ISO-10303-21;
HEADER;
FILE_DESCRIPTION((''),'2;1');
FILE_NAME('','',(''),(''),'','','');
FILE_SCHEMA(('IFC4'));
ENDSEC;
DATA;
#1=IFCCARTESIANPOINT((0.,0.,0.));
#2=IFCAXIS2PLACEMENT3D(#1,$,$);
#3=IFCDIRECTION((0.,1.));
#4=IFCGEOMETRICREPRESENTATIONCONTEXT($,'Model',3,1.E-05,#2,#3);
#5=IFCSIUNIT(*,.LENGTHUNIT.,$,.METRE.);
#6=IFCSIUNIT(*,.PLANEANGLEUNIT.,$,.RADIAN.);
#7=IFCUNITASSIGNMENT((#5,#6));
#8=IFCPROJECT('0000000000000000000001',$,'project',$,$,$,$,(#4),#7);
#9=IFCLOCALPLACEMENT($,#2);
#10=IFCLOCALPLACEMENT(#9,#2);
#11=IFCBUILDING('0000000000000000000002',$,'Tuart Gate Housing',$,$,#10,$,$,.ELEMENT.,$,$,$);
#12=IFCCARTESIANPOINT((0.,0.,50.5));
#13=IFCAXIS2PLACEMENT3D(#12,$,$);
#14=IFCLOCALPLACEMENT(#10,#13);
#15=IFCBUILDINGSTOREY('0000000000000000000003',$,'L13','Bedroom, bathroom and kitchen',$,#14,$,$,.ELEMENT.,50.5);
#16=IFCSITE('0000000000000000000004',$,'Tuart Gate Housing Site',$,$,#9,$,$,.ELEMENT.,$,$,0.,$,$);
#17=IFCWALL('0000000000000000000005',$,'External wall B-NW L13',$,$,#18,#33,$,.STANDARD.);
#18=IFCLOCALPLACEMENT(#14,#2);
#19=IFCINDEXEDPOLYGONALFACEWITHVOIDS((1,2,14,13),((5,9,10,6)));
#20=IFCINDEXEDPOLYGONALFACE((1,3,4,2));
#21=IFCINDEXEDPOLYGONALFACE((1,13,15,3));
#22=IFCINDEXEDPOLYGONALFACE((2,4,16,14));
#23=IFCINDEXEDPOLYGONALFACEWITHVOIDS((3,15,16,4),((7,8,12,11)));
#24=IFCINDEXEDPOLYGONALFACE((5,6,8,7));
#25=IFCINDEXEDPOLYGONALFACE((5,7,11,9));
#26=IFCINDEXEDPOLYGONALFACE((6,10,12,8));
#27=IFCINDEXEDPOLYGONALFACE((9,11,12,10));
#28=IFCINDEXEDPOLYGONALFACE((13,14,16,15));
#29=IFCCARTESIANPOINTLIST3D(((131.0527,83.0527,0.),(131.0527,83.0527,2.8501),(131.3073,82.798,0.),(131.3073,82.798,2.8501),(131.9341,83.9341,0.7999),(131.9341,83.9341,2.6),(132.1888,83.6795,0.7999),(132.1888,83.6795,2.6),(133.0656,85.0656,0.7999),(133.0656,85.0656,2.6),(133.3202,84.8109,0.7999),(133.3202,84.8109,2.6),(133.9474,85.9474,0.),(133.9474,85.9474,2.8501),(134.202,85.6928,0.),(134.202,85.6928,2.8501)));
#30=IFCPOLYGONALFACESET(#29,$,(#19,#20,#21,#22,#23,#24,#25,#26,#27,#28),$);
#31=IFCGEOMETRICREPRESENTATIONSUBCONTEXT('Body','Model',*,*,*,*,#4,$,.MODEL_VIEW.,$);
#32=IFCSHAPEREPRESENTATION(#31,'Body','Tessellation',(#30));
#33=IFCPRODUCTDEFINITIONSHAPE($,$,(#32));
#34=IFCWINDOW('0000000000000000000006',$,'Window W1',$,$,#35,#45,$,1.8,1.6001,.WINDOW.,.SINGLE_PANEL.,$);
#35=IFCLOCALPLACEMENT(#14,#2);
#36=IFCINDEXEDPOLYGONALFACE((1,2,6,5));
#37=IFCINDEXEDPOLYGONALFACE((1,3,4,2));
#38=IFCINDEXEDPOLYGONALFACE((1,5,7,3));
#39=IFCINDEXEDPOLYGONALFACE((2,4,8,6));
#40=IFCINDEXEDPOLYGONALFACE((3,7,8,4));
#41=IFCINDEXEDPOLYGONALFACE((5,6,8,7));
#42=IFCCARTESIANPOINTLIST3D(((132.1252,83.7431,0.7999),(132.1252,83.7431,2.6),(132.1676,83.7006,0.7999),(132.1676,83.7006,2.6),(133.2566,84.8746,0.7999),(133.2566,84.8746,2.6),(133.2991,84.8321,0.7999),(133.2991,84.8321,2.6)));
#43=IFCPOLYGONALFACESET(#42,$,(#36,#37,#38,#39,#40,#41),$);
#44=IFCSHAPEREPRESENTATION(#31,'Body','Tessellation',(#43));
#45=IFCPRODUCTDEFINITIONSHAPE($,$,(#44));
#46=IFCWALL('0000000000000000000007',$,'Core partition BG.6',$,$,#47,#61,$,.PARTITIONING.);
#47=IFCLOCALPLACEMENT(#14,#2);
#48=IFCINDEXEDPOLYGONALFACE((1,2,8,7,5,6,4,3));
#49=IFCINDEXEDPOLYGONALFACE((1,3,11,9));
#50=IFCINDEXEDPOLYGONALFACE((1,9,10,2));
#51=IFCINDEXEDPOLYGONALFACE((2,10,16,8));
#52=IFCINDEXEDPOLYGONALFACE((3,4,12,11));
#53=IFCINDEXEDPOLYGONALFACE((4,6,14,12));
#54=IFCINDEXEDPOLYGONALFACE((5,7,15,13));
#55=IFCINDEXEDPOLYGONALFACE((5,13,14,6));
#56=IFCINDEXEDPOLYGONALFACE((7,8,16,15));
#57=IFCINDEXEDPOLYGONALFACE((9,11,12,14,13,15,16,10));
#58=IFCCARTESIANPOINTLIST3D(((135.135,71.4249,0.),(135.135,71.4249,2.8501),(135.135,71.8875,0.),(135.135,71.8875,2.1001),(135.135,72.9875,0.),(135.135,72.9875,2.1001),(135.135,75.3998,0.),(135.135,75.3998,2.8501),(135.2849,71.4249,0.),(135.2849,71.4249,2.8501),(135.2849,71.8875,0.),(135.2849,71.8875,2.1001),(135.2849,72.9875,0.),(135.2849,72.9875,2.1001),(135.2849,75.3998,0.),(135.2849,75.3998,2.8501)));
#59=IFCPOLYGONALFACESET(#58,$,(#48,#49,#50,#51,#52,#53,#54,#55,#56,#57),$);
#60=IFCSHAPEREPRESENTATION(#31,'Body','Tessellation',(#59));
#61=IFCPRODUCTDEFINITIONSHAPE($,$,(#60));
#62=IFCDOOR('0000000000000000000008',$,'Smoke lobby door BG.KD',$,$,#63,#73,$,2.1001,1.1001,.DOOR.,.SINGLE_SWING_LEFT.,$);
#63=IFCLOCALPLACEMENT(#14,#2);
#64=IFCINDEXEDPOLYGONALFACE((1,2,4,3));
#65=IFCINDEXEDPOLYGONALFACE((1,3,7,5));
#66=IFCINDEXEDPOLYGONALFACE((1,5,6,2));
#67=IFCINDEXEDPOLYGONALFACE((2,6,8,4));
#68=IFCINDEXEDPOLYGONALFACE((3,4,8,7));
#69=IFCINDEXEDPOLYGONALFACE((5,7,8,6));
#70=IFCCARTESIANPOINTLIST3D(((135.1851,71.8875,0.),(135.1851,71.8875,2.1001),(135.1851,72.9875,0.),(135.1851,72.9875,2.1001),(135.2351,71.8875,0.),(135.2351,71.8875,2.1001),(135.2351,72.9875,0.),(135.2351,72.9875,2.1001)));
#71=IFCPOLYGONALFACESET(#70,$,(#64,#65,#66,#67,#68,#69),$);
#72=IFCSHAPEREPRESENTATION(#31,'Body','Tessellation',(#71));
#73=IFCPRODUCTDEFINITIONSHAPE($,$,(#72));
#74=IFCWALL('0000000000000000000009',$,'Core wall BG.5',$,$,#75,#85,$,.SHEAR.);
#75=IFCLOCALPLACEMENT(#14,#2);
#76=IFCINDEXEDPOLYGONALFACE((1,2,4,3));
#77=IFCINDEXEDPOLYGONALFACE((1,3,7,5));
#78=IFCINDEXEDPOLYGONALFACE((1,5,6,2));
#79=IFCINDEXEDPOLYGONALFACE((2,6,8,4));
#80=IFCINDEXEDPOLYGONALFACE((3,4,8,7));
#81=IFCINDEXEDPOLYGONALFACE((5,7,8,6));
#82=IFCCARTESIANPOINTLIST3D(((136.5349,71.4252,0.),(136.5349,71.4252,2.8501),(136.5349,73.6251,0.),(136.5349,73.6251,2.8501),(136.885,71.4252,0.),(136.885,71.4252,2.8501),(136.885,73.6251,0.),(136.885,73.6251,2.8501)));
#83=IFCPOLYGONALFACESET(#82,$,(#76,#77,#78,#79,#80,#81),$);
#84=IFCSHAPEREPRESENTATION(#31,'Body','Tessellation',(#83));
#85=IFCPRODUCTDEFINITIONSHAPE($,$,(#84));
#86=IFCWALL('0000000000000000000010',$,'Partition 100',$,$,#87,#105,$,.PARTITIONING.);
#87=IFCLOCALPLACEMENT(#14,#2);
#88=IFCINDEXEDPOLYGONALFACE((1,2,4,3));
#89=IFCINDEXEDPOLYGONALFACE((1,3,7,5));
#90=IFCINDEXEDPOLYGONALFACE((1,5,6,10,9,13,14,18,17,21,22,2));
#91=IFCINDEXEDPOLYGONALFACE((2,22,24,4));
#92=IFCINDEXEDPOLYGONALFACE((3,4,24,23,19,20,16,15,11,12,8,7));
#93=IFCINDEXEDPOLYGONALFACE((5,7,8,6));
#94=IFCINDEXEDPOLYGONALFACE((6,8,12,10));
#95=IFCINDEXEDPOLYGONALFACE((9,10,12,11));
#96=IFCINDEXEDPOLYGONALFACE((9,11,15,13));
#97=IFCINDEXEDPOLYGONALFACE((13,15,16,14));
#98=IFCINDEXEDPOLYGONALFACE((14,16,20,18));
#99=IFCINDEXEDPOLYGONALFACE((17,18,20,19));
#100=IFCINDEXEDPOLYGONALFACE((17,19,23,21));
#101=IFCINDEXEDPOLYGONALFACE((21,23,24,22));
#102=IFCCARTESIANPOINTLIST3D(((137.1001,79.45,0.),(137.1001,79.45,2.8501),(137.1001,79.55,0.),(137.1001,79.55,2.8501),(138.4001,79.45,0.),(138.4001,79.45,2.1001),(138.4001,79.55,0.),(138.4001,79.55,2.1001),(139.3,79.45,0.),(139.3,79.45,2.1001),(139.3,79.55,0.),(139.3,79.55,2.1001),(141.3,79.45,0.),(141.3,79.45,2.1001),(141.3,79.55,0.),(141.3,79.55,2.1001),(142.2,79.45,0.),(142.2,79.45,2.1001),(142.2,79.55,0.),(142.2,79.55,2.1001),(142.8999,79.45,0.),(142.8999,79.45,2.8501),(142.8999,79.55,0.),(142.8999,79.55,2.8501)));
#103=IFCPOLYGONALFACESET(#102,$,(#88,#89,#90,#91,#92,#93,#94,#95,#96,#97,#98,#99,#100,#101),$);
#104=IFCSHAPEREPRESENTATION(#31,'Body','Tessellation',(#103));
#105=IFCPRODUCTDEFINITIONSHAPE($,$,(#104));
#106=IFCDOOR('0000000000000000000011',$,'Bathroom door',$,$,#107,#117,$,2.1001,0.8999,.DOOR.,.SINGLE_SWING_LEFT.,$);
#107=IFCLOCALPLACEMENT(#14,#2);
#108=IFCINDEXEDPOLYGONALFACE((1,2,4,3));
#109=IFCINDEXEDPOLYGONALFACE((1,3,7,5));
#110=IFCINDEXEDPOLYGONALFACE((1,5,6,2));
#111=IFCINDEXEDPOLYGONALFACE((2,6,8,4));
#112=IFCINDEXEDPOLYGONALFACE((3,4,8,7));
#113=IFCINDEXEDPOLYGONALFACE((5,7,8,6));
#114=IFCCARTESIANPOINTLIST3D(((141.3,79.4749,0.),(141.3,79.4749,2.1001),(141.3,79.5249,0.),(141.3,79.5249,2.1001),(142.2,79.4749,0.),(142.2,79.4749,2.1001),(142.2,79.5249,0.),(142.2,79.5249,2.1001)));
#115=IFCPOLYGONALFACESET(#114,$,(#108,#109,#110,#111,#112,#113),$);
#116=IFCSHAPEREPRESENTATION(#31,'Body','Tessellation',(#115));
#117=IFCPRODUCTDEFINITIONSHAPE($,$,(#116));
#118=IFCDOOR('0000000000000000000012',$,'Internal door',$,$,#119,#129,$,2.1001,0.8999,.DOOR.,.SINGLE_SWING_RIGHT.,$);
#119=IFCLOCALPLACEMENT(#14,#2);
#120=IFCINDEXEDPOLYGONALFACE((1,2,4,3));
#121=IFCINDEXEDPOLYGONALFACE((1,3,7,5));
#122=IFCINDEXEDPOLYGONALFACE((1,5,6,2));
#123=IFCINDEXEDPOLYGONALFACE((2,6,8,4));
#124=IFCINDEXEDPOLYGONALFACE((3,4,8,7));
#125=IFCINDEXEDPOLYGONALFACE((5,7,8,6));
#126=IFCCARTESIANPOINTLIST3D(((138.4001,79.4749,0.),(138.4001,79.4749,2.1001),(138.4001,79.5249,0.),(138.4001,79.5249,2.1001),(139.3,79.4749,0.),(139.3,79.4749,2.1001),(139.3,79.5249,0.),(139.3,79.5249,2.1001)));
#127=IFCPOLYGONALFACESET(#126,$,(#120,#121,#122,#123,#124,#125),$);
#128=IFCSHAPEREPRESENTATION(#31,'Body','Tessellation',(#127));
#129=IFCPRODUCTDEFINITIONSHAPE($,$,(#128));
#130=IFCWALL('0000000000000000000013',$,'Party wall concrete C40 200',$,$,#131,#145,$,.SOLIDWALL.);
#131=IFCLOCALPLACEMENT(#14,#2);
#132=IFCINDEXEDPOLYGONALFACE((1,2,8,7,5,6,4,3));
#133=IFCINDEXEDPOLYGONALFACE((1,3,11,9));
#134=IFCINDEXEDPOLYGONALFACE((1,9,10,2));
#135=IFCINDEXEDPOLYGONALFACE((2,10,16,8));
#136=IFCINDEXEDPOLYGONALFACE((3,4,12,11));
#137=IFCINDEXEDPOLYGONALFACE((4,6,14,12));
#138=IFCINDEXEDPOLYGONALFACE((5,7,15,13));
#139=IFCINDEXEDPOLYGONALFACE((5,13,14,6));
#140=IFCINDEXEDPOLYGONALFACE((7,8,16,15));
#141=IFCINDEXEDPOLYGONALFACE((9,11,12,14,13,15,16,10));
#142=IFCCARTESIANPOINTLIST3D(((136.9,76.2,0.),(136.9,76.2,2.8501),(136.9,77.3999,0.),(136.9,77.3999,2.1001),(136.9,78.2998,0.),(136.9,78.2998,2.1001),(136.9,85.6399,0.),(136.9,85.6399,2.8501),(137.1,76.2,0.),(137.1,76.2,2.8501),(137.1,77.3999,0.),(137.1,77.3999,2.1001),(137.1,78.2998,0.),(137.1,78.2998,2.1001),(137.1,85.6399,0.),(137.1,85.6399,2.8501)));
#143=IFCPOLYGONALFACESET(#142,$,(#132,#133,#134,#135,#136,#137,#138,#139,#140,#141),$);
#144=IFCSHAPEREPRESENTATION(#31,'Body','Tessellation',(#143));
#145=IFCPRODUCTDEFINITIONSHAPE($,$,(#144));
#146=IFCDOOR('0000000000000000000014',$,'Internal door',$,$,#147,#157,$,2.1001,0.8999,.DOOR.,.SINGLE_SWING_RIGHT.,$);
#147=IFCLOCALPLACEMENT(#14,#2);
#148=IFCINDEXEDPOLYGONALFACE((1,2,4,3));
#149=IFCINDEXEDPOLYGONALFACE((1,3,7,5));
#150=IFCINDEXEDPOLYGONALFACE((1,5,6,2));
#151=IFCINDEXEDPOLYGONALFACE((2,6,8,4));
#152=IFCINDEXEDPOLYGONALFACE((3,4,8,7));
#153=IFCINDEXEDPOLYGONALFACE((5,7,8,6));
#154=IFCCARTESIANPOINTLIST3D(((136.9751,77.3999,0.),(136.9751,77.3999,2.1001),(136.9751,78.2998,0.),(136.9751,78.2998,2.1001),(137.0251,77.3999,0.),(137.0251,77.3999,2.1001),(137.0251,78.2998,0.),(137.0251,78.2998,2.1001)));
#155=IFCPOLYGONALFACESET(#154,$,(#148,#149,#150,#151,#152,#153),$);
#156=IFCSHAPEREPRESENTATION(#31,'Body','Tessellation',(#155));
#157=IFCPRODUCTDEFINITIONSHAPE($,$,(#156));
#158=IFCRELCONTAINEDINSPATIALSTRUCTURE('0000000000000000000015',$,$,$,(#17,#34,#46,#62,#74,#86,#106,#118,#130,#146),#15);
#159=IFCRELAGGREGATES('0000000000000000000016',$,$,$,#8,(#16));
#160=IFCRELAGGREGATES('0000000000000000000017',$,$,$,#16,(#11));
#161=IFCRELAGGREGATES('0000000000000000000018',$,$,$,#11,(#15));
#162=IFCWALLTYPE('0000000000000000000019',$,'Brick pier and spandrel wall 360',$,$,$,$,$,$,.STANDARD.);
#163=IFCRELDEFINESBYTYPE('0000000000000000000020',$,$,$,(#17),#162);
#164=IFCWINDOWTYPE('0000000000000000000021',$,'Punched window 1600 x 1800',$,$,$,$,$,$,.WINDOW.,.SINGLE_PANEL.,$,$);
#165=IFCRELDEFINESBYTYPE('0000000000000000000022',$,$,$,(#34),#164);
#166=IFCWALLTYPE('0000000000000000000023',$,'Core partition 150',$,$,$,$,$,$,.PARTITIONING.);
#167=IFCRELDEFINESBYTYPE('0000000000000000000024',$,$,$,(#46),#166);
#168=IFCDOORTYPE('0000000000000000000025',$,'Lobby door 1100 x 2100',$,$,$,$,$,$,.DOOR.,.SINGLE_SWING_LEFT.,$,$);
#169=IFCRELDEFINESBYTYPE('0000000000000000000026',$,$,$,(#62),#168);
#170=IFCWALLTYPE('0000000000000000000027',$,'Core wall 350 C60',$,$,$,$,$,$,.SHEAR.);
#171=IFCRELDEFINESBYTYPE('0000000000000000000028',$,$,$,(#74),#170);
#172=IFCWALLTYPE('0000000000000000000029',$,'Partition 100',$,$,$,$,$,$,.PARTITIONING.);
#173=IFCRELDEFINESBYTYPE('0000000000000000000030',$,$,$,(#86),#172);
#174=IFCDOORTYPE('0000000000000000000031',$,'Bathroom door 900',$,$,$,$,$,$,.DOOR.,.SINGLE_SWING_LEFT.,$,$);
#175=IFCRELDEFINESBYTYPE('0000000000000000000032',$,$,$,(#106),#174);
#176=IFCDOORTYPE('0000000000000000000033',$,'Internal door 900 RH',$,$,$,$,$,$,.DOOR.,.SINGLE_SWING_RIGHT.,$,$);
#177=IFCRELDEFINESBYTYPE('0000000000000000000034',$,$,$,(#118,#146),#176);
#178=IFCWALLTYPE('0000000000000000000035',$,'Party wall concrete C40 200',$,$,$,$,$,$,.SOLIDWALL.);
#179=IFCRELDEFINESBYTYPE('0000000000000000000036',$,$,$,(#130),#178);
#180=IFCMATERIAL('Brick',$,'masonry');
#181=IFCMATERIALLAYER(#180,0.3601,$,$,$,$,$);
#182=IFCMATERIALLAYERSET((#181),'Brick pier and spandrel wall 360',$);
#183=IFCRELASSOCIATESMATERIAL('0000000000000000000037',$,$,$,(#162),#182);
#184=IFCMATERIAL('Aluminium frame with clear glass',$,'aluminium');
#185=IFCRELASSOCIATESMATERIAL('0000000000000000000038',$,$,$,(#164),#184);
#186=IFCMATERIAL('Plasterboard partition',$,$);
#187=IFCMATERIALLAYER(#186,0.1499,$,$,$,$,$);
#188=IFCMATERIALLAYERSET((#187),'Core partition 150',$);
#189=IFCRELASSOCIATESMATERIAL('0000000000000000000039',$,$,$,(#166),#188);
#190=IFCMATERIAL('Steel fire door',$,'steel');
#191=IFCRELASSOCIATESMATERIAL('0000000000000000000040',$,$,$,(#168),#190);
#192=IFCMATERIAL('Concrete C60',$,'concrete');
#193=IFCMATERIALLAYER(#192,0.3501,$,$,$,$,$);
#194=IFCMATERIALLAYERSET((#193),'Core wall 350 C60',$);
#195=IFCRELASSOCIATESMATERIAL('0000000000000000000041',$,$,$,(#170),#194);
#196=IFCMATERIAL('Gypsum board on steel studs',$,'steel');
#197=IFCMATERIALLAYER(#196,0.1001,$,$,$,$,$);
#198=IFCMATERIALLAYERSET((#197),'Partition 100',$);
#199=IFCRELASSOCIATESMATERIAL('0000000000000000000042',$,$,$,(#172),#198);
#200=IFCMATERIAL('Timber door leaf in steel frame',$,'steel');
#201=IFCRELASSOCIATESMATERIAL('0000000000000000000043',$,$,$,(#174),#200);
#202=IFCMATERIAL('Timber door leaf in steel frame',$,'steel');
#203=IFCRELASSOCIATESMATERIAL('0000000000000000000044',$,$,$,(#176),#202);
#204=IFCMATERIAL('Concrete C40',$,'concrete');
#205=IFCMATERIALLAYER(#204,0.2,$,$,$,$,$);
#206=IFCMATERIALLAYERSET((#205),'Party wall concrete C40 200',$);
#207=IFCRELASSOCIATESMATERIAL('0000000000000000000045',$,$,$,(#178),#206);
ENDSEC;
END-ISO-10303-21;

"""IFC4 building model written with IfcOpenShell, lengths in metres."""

from ifc_helpers import new_model, si_unit, direction, frame, frame_2d, origin, place, context, subcontext, project, spatial, rectangle, extrude, material, layer, layer_set, type_object, element, fill, save


model = new_model("IFC4")

# Units and contexts
model_context = context("Model", 3, precision=1e-05, world=origin(), true_north=direction((0.0, 1.0)))
body_context = subcontext(model_context, "Body", "Model", "MODEL_VIEW")
ifc_project = project(units=[si_unit("LENGTHUNIT", "METRE"), si_unit("PLANEANGLEUNIT", "RADIAN")], contexts=[model_context])

# Site, building, storey
site_placement = place(None, origin())
site = spatial("IfcSite", under=ifc_project, at=site_placement, Name="Tuart Gate Housing Site", CompositionType="ELEMENT", RefElevation=0.0)
building_placement = place(site_placement, origin())
building = spatial("IfcBuilding", under=site, at=building_placement, Name="Tuart Gate Housing", CompositionType="ELEMENT")
storey_placement = place(building_placement, frame((0.0, 0.0, 50.5)))
storey = spatial("IfcBuildingStorey", under=building, at=storey_placement, Name="L13", Description="Bedroom, bathroom and kitchen", CompositionType="ELEMENT", Elevation=50.5)

# Wall, opening, window
ifc_material_1 = material(Name="Brick", Category="masonry")
ifc_layer_1 = layer(ifc_material_1, 0.3601)
ifc_layer_set_1 = layer_set([ifc_layer_1], Name="Brick pier and spandrel wall 360")
wall_type_1 = type_object("IfcWallType", Name="Brick pier and spandrel wall 360", PredefinedType="STANDARD", material=ifc_layer_set_1)
wall_1_placement = place(storey_placement, frame((134.0747, 85.8201, 0.0), z_axis=(0.0, 0.0, 1.0), x_axis=(-0.707107, -0.707107, 0.0)))
wall_1 = element("IfcWall", 1, at=wall_1_placement, inside=storey, type_object=wall_type_1, Name="External wall B-NW L13", PredefinedType="STANDARD", context=body_context, shape_type="SweptSolid", body=[
    extrude(rectangle(XDim=4.0938, YDim=0.3601, at=frame_2d((2.0469, 0.0))), origin(), (0.0, 0.0, 1.0), 2.8501),
])
opening_1_placement = place(wall_1_placement, frame((1.2471, 0.0, 0.8)))
opening_1 = element("IfcOpeningElement", 2, at=opening_1_placement, cuts=wall_1, PredefinedType="OPENING", context=body_context, shape_type="SweptSolid", body=[
    extrude(rectangle(XDim=1.6001, YDim=1.8, at=frame_2d((0.8, 0.8999))), frame((0.0, 0.1899, 0.0), z_axis=(0.0, -1.0, 0.0), x_axis=(1.0, 0.0, 0.0)), (0.0, 0.0, 1.0), 0.3801),
])
ifc_material_2 = material(Name="Aluminium frame with clear glass", Category="aluminium")
window_type = type_object("IfcWindowType", Name="Punched window 1600 x 1800", PartitioningType="SINGLE_PANEL", PredefinedType="WINDOW", material=ifc_material_2)
window_placement = place(opening_1_placement, origin())
window = element("IfcWindow", 3, at=window_placement, inside=storey, type_object=window_type, Name="Window W1", OverallHeight=1.8, OverallWidth=1.6001, PartitioningType="SINGLE_PANEL", PredefinedType="WINDOW", context=body_context, shape_type="SweptSolid", body=[
    extrude(rectangle(XDim=1.6001, YDim=1.8, at=frame_2d((0.8, 0.8999))), frame((0.0, 0.1501, 0.0), z_axis=(0.0, -1.0, 0.0), x_axis=(1.0, 0.0, 0.0)), (0.0, 0.0, 1.0), 0.0601),
])
fill(opening_1, window)

# Wall, opening, door
ifc_material_3 = material(Name="Plasterboard partition")
ifc_layer_2 = layer(ifc_material_3, 0.1499)
ifc_layer_set_2 = layer_set([ifc_layer_2], Name="Core partition 150")
wall_type_2 = type_object("IfcWallType", Name="Core partition 150", PredefinedType="PARTITIONING", material=ifc_layer_set_2)
wall_2_placement = place(storey_placement, frame((135.21, 71.425, 0.0), z_axis=(0.0, 0.0, 1.0), x_axis=(0.0, 1.0, 0.0)))
wall_2 = element("IfcWall", 4, at=wall_2_placement, inside=storey, type_object=wall_type_2, Name="Core partition BG.6", PredefinedType="PARTITIONING", context=body_context, shape_type="SweptSolid", body=[
    extrude(rectangle(XDim=3.9749, YDim=0.1499, at=frame_2d((1.9873, 0.0))), origin(), (0.0, 0.0, 1.0), 2.8501),
])
opening_2_placement = place(wall_2_placement, frame((0.4624, 0.0, 0.0)))
opening_2 = element("IfcOpeningElement", 5, at=opening_2_placement, cuts=wall_2, PredefinedType="OPENING", context=body_context, shape_type="SweptSolid", body=[
    extrude(rectangle(XDim=1.1001, YDim=2.1001, at=frame_2d((0.55, 1.05))), frame((0.0, 0.085, 0.0), z_axis=(0.0, -1.0, 0.0), x_axis=(1.0, 0.0, 0.0)), (0.0, 0.0, 1.0), 0.1699),
])
ifc_material_4 = material(Name="Steel fire door", Category="steel")
door_type_1 = type_object("IfcDoorType", Name="Lobby door 1100 x 2100", OperationType="SINGLE_SWING_LEFT", PredefinedType="DOOR", material=ifc_material_4)
door_1_placement = place(opening_2_placement, origin())
door_1 = element("IfcDoor", 6, at=door_1_placement, inside=storey, type_object=door_type_1, Name="Smoke lobby door BG.KD", OperationType="SINGLE_SWING_LEFT", OverallHeight=2.1001, OverallWidth=1.1001, PredefinedType="DOOR", context=body_context, shape_type="SweptSolid", body=[
    extrude(rectangle(XDim=1.1001, YDim=2.1001, at=frame_2d((0.55, 1.05))), frame((0.0, 0.0249, 0.0), z_axis=(0.0, -1.0, 0.0), x_axis=(1.0, 0.0, 0.0)), (0.0, 0.0, 1.0), 0.05),
])
fill(opening_2, door_1)

# Wall
ifc_material_5 = material(Name="Concrete C60", Category="concrete")
ifc_layer_3 = layer(ifc_material_5, 0.3501)
ifc_layer_set_3 = layer_set([ifc_layer_3], Name="Core wall 350 C60")
wall_type_3 = type_object("IfcWallType", Name="Core wall 350 C60", PredefinedType="SHEAR", material=ifc_layer_set_3)
wall_3_placement = place(storey_placement, frame((136.71, 71.425, 0.0), z_axis=(0.0, 0.0, 1.0), x_axis=(0.0, 1.0, 0.0)))
element("IfcWall", 7, at=wall_3_placement, inside=storey, type_object=wall_type_3, Name="Core wall BG.5", PredefinedType="SHEAR", context=body_context, shape_type="SweptSolid", body=[
    extrude(rectangle(XDim=2.2, YDim=0.3501, at=frame_2d((1.1001, 0.0))), origin(), (0.0, 0.0, 1.0), 2.8501),
])

# Wall, openings, doors
ifc_material_6 = material(Name="Gypsum board on steel studs", Category="steel")
ifc_layer_4 = layer(ifc_material_6, 0.1001)
ifc_layer_set_4 = layer_set([ifc_layer_4], Name="Partition 100")
wall_type_4 = type_object("IfcWallType", Name="Partition 100", PredefinedType="PARTITIONING", material=ifc_layer_set_4)
wall_4_placement = place(storey_placement, frame((137.1001, 79.5, 0.0), z_axis=(0.0, 0.0, 1.0), x_axis=(1.0, 0.0, 0.0)))
wall_4 = element("IfcWall", 8, at=wall_4_placement, inside=storey, type_object=wall_type_4, Name="Partition 100", PredefinedType="PARTITIONING", context=body_context, shape_type="SweptSolid", body=[
    extrude(rectangle(XDim=5.7998, YDim=0.1001, at=frame_2d((2.8999, 0.0))), origin(), (0.0, 0.0, 1.0), 2.8501),
])
opening_3_placement = place(wall_4_placement, frame((1.3, 0.0, 0.0)))
opening_3 = element("IfcOpeningElement", 9, at=opening_3_placement, cuts=wall_4, PredefinedType="OPENING", context=body_context, shape_type="SweptSolid", body=[
    extrude(rectangle(XDim=0.8999, YDim=2.1001, at=frame_2d((0.45, 1.05))), frame((0.0, 0.0601, 0.0), z_axis=(0.0, -1.0, 0.0), x_axis=(1.0, 0.0, 0.0)), (0.0, 0.0, 1.0), 0.1201),
])
opening_4_placement = place(wall_4_placement, frame((4.2, 0.0, 0.0)))
opening_4 = element("IfcOpeningElement", 10, at=opening_4_placement, cuts=wall_4, PredefinedType="OPENING", context=body_context, shape_type="SweptSolid", body=[
    extrude(rectangle(XDim=0.8999, YDim=2.1001, at=frame_2d((0.45, 1.05))), frame((0.0, 0.0601, 0.0), z_axis=(0.0, -1.0, 0.0), x_axis=(1.0, 0.0, 0.0)), (0.0, 0.0, 1.0), 0.1201),
])
ifc_material_7 = material(Name="Timber door leaf in steel frame", Category="steel")
door_type_2 = type_object("IfcDoorType", Name="Bathroom door 900", OperationType="SINGLE_SWING_LEFT", PredefinedType="DOOR", material=ifc_material_7)
door_2_placement = place(opening_4_placement, origin())
door_2 = element("IfcDoor", 11, at=door_2_placement, inside=storey, type_object=door_type_2, Name="Bathroom door", OperationType="SINGLE_SWING_LEFT", OverallHeight=2.1001, OverallWidth=0.8999, PredefinedType="DOOR", context=body_context, shape_type="SweptSolid", body=[
    extrude(rectangle(XDim=0.8999, YDim=2.1001, at=frame_2d((0.45, 1.05))), frame((0.0, 0.0249, 0.0), z_axis=(0.0, -1.0, 0.0), x_axis=(1.0, 0.0, 0.0)), (0.0, 0.0, 1.0), 0.05),
])
fill(opening_4, door_2)
ifc_material_8 = material(Name="Timber door leaf in steel frame", Category="steel")
door_type_3 = type_object("IfcDoorType", Name="Internal door 900 RH", OperationType="SINGLE_SWING_RIGHT", PredefinedType="DOOR", material=ifc_material_8)
door_3_placement = place(opening_3_placement, origin())
door_3 = element("IfcDoor", 12, at=door_3_placement, inside=storey, type_object=door_type_3, Name="Internal door", OperationType="SINGLE_SWING_RIGHT", OverallHeight=2.1001, OverallWidth=0.8999, PredefinedType="DOOR", context=body_context, shape_type="SweptSolid", body=[
    extrude(rectangle(XDim=0.8999, YDim=2.1001, at=frame_2d((0.45, 1.05))), frame((0.0, 0.0249, 0.0), z_axis=(0.0, -1.0, 0.0), x_axis=(1.0, 0.0, 0.0)), (0.0, 0.0, 1.0), 0.05),
])
fill(opening_3, door_3)

# Wall, opening, door
ifc_material_9 = material(Name="Concrete C40", Category="concrete")
ifc_layer_5 = layer(ifc_material_9, 0.2)
ifc_layer_set_5 = layer_set([ifc_layer_5], Name="Party wall concrete C40 200")
wall_type_5 = type_object("IfcWallType", Name="Party wall concrete C40 200", PredefinedType="SOLIDWALL", material=ifc_layer_set_5)
wall_5_placement = place(storey_placement, frame((137.0, 76.2, 0.0), z_axis=(0.0, 0.0, 1.0), x_axis=(0.0, 1.0, 0.0)))
wall_5 = element("IfcWall", 13, at=wall_5_placement, inside=storey, type_object=wall_type_5, Name="Party wall concrete C40 200", PredefinedType="SOLIDWALL", context=body_context, shape_type="SweptSolid", body=[
    extrude(rectangle(XDim=9.4399, YDim=0.2, at=frame_2d((4.72, 0.0))), origin(), (0.0, 0.0, 1.0), 2.8501),
])
opening_5_placement = place(wall_5_placement, frame((1.2, 0.0, 0.0)))
opening_5 = element("IfcOpeningElement", 14, at=opening_5_placement, cuts=wall_5, PredefinedType="OPENING", context=body_context, shape_type="SweptSolid", body=[
    extrude(rectangle(XDim=0.8999, YDim=2.1001, at=frame_2d((0.45, 1.05))), frame((0.0, 0.1099, 0.0), z_axis=(0.0, -1.0, 0.0), x_axis=(1.0, 0.0, 0.0)), (0.0, 0.0, 1.0), 0.22),
])
door_4_placement = place(opening_5_placement, frame((0.8999, 0.0, 0.0), z_axis=(0.0, 0.0, 1.0), x_axis=(-1.0, 0.0, 0.0)))
door_4 = element("IfcDoor", 15, at=door_4_placement, inside=storey, type_object=door_type_3, Name="Internal door", OperationType="SINGLE_SWING_RIGHT", OverallHeight=2.1001, OverallWidth=0.8999, PredefinedType="DOOR", context=body_context, shape_type="SweptSolid", body=[
    extrude(rectangle(XDim=0.8999, YDim=2.1001, at=frame_2d((0.45, 1.05))), frame((0.0, 0.0251, 0.0), z_axis=(0.0, -1.0, 0.0), x_axis=(1.0, 0.0, 0.0)), (0.0, 0.0, 1.0), 0.05),
])
fill(opening_5, door_4)

save(model, "model.ifc")
